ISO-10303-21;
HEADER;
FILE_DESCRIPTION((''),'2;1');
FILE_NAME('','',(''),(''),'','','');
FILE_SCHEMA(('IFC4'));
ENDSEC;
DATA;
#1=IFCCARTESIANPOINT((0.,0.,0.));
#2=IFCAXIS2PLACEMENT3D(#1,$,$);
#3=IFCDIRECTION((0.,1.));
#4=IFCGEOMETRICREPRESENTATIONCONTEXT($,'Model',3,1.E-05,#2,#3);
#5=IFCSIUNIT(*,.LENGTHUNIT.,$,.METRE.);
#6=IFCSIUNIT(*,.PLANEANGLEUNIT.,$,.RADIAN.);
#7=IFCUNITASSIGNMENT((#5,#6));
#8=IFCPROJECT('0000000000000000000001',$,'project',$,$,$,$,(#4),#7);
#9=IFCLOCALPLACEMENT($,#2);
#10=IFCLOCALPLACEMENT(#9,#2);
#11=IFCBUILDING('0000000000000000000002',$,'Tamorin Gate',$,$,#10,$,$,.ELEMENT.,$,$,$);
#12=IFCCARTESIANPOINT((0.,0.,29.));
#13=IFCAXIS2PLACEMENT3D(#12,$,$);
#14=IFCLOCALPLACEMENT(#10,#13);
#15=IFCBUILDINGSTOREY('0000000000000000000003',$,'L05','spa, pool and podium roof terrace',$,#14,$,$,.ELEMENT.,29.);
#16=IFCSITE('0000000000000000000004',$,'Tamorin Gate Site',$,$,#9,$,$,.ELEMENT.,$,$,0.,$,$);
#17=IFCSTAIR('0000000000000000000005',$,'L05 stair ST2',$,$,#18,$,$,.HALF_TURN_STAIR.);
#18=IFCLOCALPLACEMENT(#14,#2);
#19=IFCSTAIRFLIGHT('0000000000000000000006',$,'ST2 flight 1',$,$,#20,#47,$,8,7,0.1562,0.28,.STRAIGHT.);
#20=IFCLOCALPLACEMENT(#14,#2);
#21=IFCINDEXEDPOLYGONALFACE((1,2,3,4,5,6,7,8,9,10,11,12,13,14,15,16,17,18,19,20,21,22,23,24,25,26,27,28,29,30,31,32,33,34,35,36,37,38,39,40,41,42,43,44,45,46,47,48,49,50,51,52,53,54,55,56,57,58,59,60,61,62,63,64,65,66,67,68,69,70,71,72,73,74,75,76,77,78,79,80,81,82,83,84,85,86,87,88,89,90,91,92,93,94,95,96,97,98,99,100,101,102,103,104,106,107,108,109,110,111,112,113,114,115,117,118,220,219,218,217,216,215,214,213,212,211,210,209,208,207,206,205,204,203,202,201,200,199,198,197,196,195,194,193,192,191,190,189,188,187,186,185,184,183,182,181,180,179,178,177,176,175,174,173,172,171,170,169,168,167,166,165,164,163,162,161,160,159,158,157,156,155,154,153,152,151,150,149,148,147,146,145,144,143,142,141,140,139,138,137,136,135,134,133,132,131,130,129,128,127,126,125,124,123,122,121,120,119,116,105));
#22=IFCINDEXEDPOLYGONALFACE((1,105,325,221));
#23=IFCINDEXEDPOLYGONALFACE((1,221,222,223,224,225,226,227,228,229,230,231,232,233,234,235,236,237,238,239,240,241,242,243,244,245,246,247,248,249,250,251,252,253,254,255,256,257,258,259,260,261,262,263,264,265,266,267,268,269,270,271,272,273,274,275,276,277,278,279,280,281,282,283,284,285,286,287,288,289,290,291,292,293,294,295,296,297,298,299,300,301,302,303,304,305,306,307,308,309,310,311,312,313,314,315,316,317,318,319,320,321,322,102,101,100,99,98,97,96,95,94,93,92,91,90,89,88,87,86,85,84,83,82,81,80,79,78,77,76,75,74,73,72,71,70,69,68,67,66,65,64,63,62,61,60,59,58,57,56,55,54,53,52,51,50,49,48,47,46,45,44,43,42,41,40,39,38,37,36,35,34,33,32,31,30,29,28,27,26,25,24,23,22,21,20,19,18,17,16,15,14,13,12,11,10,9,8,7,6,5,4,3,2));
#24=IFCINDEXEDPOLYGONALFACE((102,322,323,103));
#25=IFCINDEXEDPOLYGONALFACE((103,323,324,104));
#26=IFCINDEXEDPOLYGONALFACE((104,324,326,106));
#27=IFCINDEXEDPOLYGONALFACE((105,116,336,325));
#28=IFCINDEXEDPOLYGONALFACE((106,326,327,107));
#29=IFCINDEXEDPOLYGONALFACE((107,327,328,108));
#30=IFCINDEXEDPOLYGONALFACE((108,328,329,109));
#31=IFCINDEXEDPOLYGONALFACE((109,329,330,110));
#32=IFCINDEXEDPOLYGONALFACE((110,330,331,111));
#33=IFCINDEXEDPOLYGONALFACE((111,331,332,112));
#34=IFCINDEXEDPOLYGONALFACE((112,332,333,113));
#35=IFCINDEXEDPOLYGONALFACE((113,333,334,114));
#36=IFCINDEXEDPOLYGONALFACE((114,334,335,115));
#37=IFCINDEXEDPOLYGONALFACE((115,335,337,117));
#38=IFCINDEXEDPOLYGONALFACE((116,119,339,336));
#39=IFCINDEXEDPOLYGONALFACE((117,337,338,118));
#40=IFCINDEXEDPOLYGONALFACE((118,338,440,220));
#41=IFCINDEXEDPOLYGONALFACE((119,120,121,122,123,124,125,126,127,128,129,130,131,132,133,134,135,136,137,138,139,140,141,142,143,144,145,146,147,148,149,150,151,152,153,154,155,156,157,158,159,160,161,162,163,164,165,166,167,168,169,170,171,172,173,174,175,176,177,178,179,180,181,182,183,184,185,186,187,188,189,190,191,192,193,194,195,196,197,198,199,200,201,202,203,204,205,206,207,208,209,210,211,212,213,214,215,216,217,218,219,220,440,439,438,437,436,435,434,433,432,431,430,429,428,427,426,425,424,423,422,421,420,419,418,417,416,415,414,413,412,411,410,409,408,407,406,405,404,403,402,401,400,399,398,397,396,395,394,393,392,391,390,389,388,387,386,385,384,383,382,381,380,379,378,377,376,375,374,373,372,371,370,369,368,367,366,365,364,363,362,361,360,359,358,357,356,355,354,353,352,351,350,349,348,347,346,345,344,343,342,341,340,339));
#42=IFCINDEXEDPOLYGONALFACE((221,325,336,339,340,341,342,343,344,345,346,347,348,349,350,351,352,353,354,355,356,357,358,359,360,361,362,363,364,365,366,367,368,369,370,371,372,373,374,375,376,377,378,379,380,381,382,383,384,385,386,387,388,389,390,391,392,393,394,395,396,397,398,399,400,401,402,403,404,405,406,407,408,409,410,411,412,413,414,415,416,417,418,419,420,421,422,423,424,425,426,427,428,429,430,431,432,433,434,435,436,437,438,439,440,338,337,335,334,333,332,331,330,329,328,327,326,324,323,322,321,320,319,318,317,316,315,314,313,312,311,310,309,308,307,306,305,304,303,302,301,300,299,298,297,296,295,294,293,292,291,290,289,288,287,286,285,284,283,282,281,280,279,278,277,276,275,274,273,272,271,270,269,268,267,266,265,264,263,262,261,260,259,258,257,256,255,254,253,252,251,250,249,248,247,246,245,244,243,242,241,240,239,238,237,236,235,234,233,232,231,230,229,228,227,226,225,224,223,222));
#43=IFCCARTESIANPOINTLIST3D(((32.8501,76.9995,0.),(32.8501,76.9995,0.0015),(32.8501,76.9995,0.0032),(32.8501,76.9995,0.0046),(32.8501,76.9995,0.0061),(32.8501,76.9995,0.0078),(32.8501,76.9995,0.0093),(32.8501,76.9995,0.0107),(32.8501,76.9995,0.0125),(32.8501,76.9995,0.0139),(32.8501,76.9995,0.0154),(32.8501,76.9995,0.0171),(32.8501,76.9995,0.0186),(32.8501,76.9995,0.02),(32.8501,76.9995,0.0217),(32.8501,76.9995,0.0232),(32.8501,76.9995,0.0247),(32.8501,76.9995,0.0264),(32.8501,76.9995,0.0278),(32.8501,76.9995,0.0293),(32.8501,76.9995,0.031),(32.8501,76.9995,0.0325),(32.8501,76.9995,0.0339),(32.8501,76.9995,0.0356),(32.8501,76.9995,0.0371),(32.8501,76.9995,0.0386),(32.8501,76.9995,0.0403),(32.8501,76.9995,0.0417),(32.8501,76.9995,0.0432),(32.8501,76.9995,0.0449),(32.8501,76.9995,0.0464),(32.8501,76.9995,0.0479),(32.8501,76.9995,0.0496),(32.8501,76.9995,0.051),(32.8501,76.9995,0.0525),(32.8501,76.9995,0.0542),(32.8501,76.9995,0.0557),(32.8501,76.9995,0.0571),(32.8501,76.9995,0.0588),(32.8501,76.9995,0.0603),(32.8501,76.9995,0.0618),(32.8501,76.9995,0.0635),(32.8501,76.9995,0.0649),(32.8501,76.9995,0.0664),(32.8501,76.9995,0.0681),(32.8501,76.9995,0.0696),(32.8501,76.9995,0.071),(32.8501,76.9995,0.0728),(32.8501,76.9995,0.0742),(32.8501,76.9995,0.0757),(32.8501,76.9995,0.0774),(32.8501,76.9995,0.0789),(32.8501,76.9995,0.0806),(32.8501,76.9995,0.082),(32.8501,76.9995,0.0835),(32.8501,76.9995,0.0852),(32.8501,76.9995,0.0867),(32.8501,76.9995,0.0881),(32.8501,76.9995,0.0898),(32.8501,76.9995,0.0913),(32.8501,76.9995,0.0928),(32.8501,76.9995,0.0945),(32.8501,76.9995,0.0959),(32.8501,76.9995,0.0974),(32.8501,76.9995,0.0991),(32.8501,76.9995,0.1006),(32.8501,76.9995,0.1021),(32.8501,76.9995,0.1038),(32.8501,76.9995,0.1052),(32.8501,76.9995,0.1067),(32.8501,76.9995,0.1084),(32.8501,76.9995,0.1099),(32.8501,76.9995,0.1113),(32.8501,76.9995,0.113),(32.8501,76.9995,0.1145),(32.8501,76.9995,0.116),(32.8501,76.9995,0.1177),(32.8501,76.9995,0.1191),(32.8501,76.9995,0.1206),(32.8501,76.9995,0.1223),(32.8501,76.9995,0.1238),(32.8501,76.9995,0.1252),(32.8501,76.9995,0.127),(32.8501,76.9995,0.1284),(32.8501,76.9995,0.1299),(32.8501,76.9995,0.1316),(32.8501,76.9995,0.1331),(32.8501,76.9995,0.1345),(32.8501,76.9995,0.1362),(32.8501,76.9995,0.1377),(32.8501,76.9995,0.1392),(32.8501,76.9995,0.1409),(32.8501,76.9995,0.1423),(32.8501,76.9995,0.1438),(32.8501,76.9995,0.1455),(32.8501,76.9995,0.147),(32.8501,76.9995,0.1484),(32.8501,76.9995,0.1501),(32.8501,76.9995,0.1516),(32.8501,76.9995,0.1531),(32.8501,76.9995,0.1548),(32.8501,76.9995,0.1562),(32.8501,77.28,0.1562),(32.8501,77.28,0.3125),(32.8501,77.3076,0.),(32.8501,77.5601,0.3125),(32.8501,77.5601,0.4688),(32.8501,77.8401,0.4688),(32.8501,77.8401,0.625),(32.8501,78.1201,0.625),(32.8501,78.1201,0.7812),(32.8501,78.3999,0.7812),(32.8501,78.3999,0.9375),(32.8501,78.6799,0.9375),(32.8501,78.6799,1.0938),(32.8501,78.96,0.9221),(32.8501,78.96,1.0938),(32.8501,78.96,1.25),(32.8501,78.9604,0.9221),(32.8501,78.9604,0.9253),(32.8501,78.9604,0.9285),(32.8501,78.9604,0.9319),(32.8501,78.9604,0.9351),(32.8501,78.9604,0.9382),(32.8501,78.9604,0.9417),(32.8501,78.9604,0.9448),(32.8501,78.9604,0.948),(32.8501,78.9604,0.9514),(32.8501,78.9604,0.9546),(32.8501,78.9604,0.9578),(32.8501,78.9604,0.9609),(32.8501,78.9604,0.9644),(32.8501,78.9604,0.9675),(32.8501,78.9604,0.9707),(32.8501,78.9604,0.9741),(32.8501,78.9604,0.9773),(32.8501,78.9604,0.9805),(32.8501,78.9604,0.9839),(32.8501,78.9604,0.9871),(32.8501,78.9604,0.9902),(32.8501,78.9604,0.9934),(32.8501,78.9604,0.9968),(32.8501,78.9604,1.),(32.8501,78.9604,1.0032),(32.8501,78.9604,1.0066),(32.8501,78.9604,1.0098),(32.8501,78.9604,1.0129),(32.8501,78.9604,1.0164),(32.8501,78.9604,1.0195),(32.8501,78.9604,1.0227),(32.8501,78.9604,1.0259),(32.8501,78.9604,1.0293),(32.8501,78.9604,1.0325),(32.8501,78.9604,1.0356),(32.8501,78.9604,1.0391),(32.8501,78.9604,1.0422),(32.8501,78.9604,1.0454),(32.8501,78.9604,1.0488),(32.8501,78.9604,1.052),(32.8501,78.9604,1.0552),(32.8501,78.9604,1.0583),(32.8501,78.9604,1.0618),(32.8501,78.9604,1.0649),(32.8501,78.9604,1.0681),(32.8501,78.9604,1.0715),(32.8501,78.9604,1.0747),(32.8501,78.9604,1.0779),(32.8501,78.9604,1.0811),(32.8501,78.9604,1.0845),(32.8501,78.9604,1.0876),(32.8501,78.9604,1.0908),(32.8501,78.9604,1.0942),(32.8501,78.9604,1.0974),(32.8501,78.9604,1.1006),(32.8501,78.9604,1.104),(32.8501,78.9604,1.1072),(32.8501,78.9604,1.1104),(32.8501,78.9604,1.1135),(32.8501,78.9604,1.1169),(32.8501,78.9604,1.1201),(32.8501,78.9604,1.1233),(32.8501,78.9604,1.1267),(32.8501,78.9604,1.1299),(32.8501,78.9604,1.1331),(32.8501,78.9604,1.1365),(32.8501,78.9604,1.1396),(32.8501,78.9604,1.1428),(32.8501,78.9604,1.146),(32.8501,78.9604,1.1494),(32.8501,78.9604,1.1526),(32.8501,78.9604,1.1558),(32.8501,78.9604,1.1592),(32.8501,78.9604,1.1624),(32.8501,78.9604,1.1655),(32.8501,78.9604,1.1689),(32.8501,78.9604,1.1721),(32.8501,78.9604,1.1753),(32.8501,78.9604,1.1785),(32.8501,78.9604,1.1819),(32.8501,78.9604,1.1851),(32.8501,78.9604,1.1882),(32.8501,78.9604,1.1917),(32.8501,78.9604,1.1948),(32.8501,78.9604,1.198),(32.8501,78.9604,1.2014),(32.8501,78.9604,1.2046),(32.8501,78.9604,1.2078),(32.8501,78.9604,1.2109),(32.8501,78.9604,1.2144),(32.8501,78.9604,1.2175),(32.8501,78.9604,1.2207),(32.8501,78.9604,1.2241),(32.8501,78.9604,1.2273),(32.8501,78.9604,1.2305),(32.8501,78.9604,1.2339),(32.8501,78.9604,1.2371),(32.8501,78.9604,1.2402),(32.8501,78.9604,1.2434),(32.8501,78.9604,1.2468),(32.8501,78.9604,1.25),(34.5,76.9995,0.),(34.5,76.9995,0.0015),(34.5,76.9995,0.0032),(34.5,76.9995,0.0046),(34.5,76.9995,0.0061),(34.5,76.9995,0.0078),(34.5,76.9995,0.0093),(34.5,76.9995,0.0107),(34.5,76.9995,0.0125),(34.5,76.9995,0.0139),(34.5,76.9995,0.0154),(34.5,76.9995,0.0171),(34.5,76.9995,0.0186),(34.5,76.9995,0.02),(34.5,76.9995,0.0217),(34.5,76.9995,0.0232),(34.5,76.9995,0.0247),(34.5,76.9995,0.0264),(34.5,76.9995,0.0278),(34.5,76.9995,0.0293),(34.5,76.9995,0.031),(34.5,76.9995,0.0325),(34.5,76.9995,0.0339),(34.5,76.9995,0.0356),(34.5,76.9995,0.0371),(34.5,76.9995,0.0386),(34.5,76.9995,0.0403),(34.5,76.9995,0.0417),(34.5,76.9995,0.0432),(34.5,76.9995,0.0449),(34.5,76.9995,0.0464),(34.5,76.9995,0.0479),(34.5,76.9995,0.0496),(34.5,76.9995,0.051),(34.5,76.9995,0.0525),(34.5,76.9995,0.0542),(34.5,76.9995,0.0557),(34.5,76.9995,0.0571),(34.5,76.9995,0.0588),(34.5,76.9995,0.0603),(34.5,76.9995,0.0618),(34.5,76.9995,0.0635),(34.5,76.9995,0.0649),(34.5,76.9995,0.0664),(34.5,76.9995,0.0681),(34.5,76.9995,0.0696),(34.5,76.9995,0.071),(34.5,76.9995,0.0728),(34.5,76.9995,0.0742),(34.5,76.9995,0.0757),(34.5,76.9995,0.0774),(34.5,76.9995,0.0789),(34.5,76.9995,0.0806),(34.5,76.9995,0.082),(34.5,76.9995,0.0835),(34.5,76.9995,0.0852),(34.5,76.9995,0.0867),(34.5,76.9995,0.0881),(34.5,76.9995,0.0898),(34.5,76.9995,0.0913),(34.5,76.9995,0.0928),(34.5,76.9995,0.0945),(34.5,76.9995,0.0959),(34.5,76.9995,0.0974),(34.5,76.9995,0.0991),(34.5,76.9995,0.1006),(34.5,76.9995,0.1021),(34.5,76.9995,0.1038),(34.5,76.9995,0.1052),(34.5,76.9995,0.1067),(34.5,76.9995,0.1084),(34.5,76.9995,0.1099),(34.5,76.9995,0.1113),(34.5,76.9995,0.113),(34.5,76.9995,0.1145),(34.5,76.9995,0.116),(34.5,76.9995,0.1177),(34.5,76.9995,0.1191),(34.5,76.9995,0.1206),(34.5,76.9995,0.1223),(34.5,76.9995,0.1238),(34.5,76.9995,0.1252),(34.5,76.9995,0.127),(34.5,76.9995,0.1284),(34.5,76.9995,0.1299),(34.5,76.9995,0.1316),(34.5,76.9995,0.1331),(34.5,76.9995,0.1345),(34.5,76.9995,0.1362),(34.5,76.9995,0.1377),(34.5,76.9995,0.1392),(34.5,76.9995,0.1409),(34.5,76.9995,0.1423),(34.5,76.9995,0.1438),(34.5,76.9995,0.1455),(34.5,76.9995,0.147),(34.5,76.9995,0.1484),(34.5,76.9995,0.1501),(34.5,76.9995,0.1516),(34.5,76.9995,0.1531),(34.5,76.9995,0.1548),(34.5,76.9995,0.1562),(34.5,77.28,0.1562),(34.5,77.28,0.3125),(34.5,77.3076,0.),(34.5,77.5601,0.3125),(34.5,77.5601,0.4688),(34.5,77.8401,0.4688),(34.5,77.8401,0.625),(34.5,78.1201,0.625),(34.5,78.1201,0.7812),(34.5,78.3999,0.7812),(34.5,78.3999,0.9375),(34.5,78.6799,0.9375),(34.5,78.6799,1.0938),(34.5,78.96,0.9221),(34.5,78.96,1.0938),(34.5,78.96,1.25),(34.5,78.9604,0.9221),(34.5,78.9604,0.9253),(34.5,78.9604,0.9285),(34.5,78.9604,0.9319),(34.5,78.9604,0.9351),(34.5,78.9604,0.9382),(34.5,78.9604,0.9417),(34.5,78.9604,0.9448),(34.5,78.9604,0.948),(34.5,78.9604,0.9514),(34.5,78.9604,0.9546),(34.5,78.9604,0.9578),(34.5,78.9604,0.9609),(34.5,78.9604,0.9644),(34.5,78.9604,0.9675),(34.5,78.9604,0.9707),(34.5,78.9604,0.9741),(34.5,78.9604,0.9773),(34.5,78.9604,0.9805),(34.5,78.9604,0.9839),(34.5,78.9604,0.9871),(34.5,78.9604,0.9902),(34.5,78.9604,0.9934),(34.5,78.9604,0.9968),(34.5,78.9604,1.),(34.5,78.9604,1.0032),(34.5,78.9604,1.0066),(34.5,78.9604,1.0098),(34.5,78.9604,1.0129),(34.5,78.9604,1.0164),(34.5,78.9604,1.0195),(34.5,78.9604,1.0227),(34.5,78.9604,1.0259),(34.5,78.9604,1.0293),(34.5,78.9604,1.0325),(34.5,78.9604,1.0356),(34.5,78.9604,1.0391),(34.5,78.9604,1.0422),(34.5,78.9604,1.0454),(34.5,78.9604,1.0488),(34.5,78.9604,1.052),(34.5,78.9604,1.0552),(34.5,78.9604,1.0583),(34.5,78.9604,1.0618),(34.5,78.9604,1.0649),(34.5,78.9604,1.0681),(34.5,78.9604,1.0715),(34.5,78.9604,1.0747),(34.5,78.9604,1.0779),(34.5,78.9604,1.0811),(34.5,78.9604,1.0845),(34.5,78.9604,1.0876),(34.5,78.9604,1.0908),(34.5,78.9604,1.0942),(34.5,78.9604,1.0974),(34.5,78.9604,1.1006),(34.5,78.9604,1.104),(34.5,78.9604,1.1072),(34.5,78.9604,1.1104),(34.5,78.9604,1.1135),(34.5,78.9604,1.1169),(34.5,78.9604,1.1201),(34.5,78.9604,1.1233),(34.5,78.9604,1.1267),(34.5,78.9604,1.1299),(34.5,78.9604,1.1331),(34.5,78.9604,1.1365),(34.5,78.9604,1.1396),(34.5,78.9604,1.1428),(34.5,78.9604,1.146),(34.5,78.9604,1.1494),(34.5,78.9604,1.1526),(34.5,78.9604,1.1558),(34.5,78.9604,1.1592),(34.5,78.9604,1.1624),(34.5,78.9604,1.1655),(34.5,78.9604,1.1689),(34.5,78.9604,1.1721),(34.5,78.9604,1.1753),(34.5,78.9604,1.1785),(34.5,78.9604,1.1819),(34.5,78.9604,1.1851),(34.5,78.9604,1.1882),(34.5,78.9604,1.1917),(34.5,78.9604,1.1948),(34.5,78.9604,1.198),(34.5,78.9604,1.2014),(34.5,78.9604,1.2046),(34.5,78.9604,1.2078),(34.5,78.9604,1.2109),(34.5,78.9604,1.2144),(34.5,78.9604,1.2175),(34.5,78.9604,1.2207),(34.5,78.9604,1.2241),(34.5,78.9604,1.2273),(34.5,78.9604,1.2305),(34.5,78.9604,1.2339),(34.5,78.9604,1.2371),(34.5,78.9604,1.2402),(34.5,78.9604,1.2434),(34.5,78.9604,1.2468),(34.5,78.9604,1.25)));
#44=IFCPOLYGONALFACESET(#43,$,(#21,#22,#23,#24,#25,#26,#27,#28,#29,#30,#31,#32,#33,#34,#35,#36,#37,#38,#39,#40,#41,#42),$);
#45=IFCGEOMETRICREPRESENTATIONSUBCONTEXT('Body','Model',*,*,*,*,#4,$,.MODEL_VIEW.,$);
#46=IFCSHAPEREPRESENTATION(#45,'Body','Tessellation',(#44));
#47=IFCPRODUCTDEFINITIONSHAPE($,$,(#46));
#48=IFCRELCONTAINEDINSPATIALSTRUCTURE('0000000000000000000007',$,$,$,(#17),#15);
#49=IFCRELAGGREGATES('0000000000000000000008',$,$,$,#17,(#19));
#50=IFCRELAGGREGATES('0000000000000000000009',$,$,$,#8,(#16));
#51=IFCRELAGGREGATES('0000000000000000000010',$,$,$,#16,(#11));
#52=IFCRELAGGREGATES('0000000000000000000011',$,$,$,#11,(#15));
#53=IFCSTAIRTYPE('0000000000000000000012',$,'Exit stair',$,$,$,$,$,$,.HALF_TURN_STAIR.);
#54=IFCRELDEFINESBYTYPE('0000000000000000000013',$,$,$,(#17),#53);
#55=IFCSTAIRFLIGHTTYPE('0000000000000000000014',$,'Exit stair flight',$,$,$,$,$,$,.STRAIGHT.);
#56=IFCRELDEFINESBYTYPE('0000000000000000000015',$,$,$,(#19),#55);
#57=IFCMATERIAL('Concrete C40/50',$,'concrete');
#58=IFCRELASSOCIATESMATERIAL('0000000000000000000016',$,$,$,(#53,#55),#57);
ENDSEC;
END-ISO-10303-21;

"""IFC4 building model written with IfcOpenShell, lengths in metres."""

from ifc_helpers import new_model, si_unit, direction, frame, origin, place, context, subcontext, project, spatial, polyline, outline, extrude, material, type_object, element, aggregate, save


model = new_model("IFC4")

# Units and contexts
model_context = context("Model", 3, precision=1e-05, world=origin(), true_north=direction((0.0, 1.0)))
body_context = subcontext(model_context, "Body", "Model", "MODEL_VIEW")
ifc_project = project(units=[si_unit("LENGTHUNIT", "METRE"), si_unit("PLANEANGLEUNIT", "RADIAN")], contexts=[model_context])

# Site, building, storey
site_placement = place(None, origin())
site = spatial("IfcSite", under=ifc_project, at=site_placement, Name="Tamorin Gate Site", CompositionType="ELEMENT", RefElevation=0.0)
building_placement = place(site_placement, origin())
building = spatial("IfcBuilding", under=site, at=building_placement, Name="Tamorin Gate", CompositionType="ELEMENT")
storey_placement = place(building_placement, frame((0.0, 0.0, 29.0)))
storey = spatial("IfcBuildingStorey", under=building, at=storey_placement, Name="L05", Description="spa, pool and podium roof terrace", CompositionType="ELEMENT", Elevation=29.0)

# Stair, stair flight
ifc_material_1 = material(Name="Concrete C40/50", Category="concrete")
stair_type = type_object("IfcStairType", Name="Exit stair", PredefinedType="HALF_TURN_STAIR", material=ifc_material_1)
stair_placement = place(storey_placement, origin())
stair = element("IfcStair", 1, at=stair_placement, inside=storey, type_object=stair_type, Name="L05 stair ST2", PredefinedType="HALF_TURN_STAIR")
stair_flight_type = type_object("IfcStairFlightType", Name="Exit stair flight", PredefinedType="STRAIGHT", material=ifc_material_1)
stair_flight_1_placement = place(storey_placement, frame((33.675, 77.0, 0.0), z_axis=(0.0, 0.0, 1.0), x_axis=(0.0, 1.0, 0.0)))
stair_flight_1 = element("IfcStairFlight", 2, at=stair_flight_1_placement, type_object=stair_flight_type, Name="ST2 flight 1", NumberOfRisers=8, NumberOfTreads=7, PredefinedType="STRAIGHT", RiserHeight=0.1562, TreadLength=0.28, context=body_context, shape_type="SweptSolid", body=[
    extrude(outline(polyline([(-0.0005, 0.0), (-0.0005, 0.0015), (-0.0005, 0.0032), (-0.0005, 0.0046), (-0.0005, 0.0061), (-0.0005, 0.0078), (-0.0005, 0.0093), (-0.0005, 0.0107), (-0.0005, 0.0125), (-0.0005, 0.0139), (-0.0005, 0.0154), (-0.0005, 0.0171), (-0.0005, 0.0186), (-0.0005, 0.02), (-0.0005, 0.0217), (-0.0005, 0.0232), (-0.0005, 0.0247), (-0.0005, 0.0264), (-0.0005, 0.0278), (-0.0005, 0.0293), (-0.0005, 0.031), (-0.0005, 0.0325), (-0.0005, 0.0339), (-0.0005, 0.0356), (-0.0005, 0.0371), (-0.0005, 0.0386), (-0.0005, 0.0403), (-0.0005, 0.0417), (-0.0005, 0.0432), (-0.0005, 0.0449), (-0.0005, 0.0464), (-0.0005, 0.0479), (-0.0005, 0.0496), (-0.0005, 0.051), (-0.0005, 0.0525), (-0.0005, 0.0542), (-0.0005, 0.0557), (-0.0005, 0.0571), (-0.0005, 0.0588), (-0.0005, 0.0603), (-0.0005, 0.0618), (-0.0005, 0.0635), (-0.0005, 0.0649), (-0.0005, 0.0664), (-0.0005, 0.0681), (-0.0005, 0.0696), (-0.0005, 0.071), (-0.0005, 0.0728), (-0.0005, 0.0742), (-0.0005, 0.0757), (-0.0005, 0.0774), (-0.0005, 0.0789), (-0.0005, 0.0806), (-0.0005, 0.082), (-0.0005, 0.0835), (-0.0005, 0.0852), (-0.0005, 0.0867), (-0.0005, 0.0881), (-0.0005, 0.0898), (-0.0005, 0.0913), (-0.0005, 0.0928), (-0.0005, 0.0945), (-0.0005, 0.0959), (-0.0005, 0.0974), (-0.0005, 0.0991), (-0.0005, 0.1006), (-0.0005, 0.1021), (-0.0005, 0.1038), (-0.0005, 0.1052), (-0.0005, 0.1067), (-0.0005, 0.1084), (-0.0005, 0.1099), (-0.0005, 0.1113), (-0.0005, 0.113), (-0.0005, 0.1145), (-0.0005, 0.116), (-0.0005, 0.1177), (-0.0005, 0.1191), (-0.0005, 0.1206), (-0.0005, 0.1223), (-0.0005, 0.1238), (-0.0005, 0.1252), (-0.0005, 0.127), (-0.0005, 0.1284), (-0.0005, 0.1299), (-0.0005, 0.1316), (-0.0005, 0.1331), (-0.0005, 0.1345), (-0.0005, 0.1362), (-0.0005, 0.1377), (-0.0005, 0.1392), (-0.0005, 0.1409), (-0.0005, 0.1423), (-0.0005, 0.1438), (-0.0005, 0.1455), (-0.0005, 0.147), (-0.0005, 0.1484), (-0.0005, 0.1501), (-0.0005, 0.1516), (-0.0005, 0.1531), (-0.0005, 0.1548), (-0.0005, 0.1562), (0.28, 0.1562), (0.28, 0.3125), (0.5601, 0.3125), (0.5601, 0.4688), (0.8401, 0.4688), (0.8401, 0.625), (1.1201, 0.625), (1.1201, 0.7812), (1.3999, 0.7812), (1.3999, 0.9375), (1.6799, 0.9375), (1.6799, 1.0938), (1.96, 1.0938), (1.96, 1.25), (1.9604, 1.25), (1.9604, 1.2468), (1.9604, 1.2434), (1.9604, 1.2402), (1.9604, 1.2371), (1.9604, 1.2339), (1.9604, 1.2305), (1.9604, 1.2273), (1.9604, 1.2241), (1.9604, 1.2207), (1.9604, 1.2175), (1.9604, 1.2144), (1.9604, 1.2109), (1.9604, 1.2078), (1.9604, 1.2046), (1.9604, 1.2014), (1.9604, 1.198), (1.9604, 1.1948), (1.9604, 1.1917), (1.9604, 1.1882), (1.9604, 1.1851), (1.9604, 1.1819), (1.9604, 1.1785), (1.9604, 1.1753), (1.9604, 1.1721), (1.9604, 1.1689), (1.9604, 1.1655), (1.9604, 1.1624), (1.9604, 1.1592), (1.9604, 1.1558), (1.9604, 1.1526), (1.9604, 1.1494), (1.9604, 1.146), (1.9604, 1.1428), (1.9604, 1.1396), (1.9604, 1.1365), (1.9604, 1.1331), (1.9604, 1.1299), (1.9604, 1.1267), (1.9604, 1.1233), (1.9604, 1.1201), (1.9604, 1.1169), (1.9604, 1.1135), (1.9604, 1.1104), (1.9604, 1.1072), (1.9604, 1.104), (1.9604, 1.1006), (1.9604, 1.0974), (1.9604, 1.0942), (1.9604, 1.0908), (1.9604, 1.0876), (1.9604, 1.0845), (1.9604, 1.0811), (1.9604, 1.0779), (1.9604, 1.0747), (1.9604, 1.0715), (1.9604, 1.0681), (1.9604, 1.0649), (1.9604, 1.0618), (1.9604, 1.0583), (1.9604, 1.0552), (1.9604, 1.052), (1.9604, 1.0488), (1.9604, 1.0454), (1.9604, 1.0422), (1.9604, 1.0391), (1.9604, 1.0356), (1.9604, 1.0325), (1.9604, 1.0293), (1.9604, 1.0259), (1.9604, 1.0227), (1.9604, 1.0195), (1.9604, 1.0164), (1.9604, 1.0129), (1.9604, 1.0098), (1.9604, 1.0066), (1.9604, 1.0032), (1.9604, 1.0), (1.9604, 0.9968), (1.9604, 0.9934), (1.9604, 0.9902), (1.9604, 0.9871), (1.9604, 0.9839), (1.9604, 0.9805), (1.9604, 0.9773), (1.9604, 0.9741), (1.9604, 0.9707), (1.9604, 0.9675), (1.9604, 0.9644), (1.9604, 0.9609), (1.9604, 0.9578), (1.9604, 0.9546), (1.9604, 0.9514), (1.9604, 0.948), (1.9604, 0.9448), (1.9604, 0.9417), (1.9604, 0.9382), (1.9604, 0.9351), (1.9604, 0.9319), (1.9604, 0.9285), (1.9604, 0.9253), (1.9604, 0.9221), (1.96, 0.9221), (0.3076, 0.0), (-0.0005, 0.0)])), frame((0.0, 0.825, 0.0), z_axis=(0.0, -1.0, 0.0), x_axis=(1.0, 0.0, 0.0)), (0.0, 0.0, 1.0), 1.6499),
])
aggregate(stair, [stair_flight_1])

save(model, "model.ifc")
